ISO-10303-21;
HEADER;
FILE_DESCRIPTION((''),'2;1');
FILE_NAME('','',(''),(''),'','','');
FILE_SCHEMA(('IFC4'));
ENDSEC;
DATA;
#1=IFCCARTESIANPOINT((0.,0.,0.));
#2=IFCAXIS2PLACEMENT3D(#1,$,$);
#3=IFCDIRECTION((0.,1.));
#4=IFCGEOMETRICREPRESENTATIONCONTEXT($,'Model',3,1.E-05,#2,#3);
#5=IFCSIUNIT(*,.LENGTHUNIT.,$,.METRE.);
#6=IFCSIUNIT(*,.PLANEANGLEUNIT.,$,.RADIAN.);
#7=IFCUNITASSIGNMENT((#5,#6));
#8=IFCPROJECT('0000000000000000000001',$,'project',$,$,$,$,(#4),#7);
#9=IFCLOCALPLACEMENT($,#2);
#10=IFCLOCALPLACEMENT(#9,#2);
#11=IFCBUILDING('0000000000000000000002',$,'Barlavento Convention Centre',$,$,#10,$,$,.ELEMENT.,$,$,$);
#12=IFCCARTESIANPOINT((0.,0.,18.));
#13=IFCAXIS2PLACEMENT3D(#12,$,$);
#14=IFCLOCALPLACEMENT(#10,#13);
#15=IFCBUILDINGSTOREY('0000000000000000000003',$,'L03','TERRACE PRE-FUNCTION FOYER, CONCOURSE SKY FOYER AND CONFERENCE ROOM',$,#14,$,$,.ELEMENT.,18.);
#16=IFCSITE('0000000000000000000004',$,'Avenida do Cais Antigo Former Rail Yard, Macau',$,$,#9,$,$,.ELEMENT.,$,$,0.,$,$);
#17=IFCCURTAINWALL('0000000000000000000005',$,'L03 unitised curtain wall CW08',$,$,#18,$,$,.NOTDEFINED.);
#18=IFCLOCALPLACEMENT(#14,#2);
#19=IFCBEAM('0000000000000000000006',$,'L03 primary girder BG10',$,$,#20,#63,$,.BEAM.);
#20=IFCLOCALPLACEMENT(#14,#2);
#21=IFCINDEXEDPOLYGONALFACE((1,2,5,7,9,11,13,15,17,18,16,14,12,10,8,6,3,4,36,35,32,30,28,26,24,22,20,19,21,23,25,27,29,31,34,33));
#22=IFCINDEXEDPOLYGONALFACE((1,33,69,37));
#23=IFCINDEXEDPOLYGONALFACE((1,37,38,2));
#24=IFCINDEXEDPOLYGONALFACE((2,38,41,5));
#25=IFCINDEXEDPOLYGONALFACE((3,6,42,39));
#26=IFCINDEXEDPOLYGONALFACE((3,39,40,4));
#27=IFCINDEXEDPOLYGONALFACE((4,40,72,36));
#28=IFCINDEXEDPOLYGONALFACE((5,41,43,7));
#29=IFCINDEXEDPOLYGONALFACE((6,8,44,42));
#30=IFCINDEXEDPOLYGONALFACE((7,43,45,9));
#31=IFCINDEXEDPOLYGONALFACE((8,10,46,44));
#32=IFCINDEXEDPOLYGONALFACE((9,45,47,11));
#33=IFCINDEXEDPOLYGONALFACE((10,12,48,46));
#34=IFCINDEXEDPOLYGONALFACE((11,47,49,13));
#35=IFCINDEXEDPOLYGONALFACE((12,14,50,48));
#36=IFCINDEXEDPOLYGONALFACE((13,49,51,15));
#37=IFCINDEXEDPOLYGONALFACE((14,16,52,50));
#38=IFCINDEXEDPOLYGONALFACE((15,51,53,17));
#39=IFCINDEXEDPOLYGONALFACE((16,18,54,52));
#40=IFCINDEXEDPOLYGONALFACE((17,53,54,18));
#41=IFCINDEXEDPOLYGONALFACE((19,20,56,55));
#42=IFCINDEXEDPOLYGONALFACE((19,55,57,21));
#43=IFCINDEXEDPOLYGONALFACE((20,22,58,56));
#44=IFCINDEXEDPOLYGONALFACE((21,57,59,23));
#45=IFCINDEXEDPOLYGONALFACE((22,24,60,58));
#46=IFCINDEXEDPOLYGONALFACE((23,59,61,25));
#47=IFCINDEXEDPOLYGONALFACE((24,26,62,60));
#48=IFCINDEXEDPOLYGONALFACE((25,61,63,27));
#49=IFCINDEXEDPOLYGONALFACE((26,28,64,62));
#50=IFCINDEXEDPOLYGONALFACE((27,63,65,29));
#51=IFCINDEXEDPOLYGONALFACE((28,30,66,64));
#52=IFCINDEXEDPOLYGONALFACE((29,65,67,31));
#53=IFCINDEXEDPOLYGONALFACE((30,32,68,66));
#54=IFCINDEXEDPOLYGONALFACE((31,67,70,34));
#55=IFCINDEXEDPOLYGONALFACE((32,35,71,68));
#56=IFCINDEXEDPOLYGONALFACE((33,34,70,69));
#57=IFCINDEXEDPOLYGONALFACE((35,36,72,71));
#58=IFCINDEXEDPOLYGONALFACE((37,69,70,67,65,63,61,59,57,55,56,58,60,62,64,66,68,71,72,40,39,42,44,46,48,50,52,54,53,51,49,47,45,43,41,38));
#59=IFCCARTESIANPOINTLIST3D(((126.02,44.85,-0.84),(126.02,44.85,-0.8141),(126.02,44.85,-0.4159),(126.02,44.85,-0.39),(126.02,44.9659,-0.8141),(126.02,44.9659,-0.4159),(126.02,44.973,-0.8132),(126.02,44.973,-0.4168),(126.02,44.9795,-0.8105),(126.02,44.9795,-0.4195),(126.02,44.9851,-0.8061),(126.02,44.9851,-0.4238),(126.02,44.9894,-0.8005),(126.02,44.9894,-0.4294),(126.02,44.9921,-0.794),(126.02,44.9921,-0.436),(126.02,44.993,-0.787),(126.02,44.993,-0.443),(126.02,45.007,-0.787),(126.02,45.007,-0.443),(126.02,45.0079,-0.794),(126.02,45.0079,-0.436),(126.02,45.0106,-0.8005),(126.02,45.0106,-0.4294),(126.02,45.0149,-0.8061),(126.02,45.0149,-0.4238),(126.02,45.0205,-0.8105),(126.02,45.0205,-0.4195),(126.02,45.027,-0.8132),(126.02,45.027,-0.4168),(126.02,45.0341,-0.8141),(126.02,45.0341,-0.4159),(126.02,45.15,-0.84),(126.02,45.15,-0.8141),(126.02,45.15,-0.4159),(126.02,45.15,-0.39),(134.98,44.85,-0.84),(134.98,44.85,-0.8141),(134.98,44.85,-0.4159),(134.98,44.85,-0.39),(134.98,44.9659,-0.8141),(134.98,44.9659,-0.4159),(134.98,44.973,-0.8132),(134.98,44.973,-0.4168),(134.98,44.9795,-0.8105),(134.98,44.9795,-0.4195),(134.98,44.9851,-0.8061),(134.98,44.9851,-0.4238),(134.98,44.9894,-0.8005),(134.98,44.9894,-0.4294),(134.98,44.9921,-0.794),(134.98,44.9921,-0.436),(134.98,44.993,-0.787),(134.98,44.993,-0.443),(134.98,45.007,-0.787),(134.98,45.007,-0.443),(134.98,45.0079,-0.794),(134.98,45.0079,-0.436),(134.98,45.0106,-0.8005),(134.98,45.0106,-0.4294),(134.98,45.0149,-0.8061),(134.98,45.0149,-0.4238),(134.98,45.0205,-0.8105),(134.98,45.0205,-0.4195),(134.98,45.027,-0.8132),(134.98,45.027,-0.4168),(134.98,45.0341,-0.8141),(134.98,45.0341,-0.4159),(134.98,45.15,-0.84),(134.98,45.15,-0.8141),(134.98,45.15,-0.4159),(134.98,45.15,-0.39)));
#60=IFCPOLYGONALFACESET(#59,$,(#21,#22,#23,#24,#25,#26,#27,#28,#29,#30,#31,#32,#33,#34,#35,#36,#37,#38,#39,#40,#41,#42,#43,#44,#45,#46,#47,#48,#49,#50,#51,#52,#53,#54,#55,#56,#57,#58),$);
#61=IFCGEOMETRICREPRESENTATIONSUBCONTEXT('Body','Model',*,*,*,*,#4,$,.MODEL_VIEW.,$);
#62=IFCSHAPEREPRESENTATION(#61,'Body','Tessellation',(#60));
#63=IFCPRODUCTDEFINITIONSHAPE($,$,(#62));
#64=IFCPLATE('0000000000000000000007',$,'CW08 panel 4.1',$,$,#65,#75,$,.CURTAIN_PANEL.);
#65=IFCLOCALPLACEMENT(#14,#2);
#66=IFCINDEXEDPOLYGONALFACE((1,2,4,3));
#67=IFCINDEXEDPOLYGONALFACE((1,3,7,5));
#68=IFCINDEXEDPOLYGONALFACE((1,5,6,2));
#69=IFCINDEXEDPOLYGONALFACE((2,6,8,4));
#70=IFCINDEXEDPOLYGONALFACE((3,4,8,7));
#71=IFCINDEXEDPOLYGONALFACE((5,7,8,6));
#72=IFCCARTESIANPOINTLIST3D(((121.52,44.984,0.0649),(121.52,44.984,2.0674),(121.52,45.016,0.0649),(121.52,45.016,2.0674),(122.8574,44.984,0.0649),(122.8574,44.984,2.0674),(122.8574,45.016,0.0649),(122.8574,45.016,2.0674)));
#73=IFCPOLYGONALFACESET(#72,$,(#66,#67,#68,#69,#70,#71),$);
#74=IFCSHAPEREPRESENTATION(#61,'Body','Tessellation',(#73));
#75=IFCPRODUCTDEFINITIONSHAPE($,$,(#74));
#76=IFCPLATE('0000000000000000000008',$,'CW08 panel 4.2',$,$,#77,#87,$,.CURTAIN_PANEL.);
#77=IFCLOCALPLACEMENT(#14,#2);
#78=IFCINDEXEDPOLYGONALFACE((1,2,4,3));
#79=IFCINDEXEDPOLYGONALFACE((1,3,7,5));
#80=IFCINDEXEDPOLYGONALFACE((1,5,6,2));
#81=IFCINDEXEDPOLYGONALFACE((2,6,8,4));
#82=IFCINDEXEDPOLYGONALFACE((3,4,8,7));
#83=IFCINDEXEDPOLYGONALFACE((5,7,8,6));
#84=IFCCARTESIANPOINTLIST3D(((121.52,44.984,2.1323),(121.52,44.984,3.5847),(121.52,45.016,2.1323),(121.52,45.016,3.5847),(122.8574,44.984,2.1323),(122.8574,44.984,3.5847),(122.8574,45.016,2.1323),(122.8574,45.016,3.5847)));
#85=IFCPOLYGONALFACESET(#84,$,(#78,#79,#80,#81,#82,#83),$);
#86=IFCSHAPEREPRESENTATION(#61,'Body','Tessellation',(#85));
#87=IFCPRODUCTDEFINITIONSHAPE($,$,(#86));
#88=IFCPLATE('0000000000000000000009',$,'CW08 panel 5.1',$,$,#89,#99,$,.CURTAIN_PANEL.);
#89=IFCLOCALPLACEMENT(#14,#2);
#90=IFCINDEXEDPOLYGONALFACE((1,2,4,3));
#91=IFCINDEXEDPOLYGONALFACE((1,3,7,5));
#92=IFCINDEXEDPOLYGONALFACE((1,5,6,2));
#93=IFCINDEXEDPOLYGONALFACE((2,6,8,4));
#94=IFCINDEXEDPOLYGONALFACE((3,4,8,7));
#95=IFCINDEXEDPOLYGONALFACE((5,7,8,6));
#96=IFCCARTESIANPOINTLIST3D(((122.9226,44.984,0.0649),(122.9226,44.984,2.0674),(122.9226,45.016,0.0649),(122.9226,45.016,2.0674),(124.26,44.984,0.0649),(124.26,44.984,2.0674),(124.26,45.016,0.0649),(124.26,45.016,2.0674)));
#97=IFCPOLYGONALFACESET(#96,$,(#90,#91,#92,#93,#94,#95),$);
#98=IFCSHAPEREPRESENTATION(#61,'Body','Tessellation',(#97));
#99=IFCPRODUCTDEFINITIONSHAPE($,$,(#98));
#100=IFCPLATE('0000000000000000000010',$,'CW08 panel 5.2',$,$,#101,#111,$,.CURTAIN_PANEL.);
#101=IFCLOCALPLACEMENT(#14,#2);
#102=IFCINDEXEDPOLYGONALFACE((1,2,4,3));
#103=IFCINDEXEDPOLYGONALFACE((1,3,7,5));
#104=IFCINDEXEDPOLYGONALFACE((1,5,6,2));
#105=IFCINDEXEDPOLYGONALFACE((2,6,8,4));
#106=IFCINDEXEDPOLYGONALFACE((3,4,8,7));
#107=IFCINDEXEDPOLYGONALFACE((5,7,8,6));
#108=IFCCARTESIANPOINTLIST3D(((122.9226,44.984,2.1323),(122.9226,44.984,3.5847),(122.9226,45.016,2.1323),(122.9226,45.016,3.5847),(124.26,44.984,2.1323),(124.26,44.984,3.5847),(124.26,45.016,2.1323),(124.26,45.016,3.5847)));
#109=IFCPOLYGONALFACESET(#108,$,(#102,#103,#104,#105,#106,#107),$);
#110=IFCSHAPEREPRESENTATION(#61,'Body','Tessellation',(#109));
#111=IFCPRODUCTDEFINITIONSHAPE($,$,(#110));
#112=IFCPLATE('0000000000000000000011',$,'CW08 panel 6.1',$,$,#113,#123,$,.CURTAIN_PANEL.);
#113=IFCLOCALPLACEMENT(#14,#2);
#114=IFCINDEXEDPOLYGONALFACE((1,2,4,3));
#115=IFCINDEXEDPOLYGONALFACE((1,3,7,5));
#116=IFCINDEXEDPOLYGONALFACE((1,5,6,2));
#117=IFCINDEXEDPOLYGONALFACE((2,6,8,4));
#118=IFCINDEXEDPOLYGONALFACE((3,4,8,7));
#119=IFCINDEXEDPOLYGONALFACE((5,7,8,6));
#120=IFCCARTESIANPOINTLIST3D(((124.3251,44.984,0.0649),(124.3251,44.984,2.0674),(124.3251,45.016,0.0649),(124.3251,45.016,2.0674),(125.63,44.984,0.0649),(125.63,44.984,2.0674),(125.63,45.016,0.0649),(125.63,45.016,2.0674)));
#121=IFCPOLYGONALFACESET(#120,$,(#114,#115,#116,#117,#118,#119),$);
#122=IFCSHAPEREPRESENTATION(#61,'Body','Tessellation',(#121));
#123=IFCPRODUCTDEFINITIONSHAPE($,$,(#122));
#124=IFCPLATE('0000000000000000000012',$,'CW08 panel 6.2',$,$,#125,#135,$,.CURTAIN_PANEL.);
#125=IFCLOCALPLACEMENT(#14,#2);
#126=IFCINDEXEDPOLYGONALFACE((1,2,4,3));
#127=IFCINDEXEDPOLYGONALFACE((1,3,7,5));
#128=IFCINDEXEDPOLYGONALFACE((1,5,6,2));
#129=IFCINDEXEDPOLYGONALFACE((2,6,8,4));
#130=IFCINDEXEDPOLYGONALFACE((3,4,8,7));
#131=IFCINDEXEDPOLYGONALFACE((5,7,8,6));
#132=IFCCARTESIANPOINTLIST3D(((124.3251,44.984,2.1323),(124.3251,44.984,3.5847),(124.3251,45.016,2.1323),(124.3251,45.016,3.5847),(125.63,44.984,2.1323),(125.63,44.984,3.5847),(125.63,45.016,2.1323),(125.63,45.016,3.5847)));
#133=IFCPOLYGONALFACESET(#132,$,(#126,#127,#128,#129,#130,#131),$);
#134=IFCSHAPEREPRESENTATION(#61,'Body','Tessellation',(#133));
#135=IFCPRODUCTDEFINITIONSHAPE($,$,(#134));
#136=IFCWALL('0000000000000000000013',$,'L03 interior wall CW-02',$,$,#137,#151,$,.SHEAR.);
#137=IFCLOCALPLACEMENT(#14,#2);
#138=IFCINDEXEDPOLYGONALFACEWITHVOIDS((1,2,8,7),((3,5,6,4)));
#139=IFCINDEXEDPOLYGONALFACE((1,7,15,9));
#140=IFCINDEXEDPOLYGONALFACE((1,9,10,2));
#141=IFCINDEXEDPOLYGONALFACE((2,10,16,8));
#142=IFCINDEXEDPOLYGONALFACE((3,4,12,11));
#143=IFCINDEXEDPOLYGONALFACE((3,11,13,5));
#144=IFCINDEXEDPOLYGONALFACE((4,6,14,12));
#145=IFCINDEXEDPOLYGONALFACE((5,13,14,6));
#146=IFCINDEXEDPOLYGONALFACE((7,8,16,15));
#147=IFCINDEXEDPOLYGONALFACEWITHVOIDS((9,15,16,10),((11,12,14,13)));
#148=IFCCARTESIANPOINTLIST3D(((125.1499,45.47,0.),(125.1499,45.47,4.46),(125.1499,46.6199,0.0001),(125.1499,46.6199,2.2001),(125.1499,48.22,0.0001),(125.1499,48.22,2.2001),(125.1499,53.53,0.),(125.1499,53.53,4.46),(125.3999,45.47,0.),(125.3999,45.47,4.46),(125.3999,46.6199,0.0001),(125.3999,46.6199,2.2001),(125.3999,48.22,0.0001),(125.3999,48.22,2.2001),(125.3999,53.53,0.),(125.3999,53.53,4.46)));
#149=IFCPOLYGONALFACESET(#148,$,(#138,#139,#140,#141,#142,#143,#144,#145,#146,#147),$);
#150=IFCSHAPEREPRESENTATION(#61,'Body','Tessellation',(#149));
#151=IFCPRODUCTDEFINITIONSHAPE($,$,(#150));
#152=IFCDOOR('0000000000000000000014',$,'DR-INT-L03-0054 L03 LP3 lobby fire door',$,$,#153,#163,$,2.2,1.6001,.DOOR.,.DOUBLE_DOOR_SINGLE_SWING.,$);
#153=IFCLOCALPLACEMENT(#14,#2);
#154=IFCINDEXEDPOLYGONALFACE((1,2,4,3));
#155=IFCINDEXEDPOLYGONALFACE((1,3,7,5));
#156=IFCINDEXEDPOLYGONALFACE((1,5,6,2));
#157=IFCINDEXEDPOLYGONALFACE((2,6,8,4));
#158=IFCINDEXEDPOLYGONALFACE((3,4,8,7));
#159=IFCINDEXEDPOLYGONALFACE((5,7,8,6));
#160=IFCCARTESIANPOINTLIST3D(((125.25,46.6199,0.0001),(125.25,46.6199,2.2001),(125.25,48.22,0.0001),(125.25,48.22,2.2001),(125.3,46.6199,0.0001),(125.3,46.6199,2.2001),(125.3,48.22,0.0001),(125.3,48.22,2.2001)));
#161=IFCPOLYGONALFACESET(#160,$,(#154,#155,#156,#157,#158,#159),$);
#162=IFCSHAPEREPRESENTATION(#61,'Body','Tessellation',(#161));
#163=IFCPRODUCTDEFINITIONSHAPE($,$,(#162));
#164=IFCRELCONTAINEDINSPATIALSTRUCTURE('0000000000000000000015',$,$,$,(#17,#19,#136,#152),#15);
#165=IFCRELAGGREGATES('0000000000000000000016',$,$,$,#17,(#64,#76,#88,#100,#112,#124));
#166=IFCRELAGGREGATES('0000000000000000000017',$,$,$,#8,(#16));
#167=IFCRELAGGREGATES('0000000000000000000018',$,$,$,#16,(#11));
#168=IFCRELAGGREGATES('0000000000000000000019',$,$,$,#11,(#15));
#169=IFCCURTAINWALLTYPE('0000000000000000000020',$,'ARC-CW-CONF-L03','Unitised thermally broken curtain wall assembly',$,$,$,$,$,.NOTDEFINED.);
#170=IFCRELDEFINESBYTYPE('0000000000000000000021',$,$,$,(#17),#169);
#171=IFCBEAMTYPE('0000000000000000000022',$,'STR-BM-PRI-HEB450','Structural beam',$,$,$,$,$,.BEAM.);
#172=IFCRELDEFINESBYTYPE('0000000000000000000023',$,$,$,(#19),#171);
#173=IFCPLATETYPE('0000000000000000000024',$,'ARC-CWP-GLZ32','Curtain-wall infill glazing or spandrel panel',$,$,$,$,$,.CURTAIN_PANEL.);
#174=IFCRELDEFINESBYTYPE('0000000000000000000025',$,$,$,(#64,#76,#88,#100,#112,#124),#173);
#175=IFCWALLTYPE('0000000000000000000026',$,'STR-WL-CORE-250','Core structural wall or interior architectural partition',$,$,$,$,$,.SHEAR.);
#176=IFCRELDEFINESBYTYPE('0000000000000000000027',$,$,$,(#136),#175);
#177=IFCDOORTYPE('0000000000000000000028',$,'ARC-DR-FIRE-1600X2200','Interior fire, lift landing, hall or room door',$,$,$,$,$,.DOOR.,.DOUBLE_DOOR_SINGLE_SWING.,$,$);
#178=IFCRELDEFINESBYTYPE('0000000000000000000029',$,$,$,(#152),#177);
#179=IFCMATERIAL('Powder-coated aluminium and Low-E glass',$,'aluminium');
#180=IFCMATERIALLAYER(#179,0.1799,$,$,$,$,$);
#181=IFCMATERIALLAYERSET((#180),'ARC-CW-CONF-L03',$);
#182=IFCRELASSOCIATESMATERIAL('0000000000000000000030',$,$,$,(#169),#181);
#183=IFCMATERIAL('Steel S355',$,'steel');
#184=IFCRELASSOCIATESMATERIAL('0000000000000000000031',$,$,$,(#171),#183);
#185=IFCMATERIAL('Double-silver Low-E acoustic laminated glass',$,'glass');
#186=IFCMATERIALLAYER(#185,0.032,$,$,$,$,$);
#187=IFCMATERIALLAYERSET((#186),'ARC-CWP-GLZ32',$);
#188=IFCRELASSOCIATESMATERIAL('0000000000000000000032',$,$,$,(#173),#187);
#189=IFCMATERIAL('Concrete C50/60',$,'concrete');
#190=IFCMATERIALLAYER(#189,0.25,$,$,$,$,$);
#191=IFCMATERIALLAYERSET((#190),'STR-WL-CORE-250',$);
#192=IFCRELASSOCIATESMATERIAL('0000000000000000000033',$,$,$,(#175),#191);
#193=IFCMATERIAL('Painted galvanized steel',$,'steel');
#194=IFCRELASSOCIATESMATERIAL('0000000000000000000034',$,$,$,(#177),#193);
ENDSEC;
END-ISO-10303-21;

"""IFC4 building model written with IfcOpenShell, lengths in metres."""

from ifc_helpers import new_model, si_unit, direction, frame, frame_2d, origin, origin_2d, place, context, subcontext, project, spatial, rectangle, i_section, extrude, material, layer, layer_set, material_profile, profile_set, type_object, element, fill, aggregate, save


model = new_model("IFC4")

# Units and contexts
model_context = context("Model", 3, precision=1e-05, world=origin(), true_north=direction((0.0, 1.0)))
body_context = subcontext(model_context, "Body", "Model", "MODEL_VIEW")
ifc_project = project(units=[si_unit("LENGTHUNIT", "METRE"), si_unit("PLANEANGLEUNIT", "RADIAN")], contexts=[model_context])

# Site, building, storey
site_placement = place(None, origin())
site = spatial("IfcSite", under=ifc_project, at=site_placement, Name="Avenida do Cais Antigo Former Rail Yard, Macau", CompositionType="ELEMENT", RefElevation=0.0)
building_placement = place(site_placement, origin())
building = spatial("IfcBuilding", under=site, at=building_placement, Name="Barlavento Convention Centre", CompositionType="ELEMENT")
storey_placement = place(building_placement, frame((0.0, 0.0, 18.0)))
storey = spatial("IfcBuildingStorey", under=building, at=storey_placement, Name="L03", Description="TERRACE PRE-FUNCTION FOYER, CONCOURSE SKY FOYER AND CONFERENCE ROOM", CompositionType="ELEMENT", Elevation=18.0)

# Shared definitions
ifc_material_1 = material(Name="Steel S355", Category="steel")

# Curtain wall
ifc_material_2 = material(Name="Powder-coated aluminium and Low-E glass", Category="aluminium")
ifc_layer_1 = layer(ifc_material_2, 0.1799)
ifc_layer_set_1 = layer_set([ifc_layer_1], Name="ARC-CW-CONF-L03")
curtain_wall_type = type_object("IfcCurtainWallType", Name="ARC-CW-CONF-L03", Description="Unitised thermally broken curtain wall assembly", PredefinedType="NOTDEFINED", material=ifc_layer_set_1)
curtain_wall_placement = place(storey_placement, origin())
curtain_wall = element("IfcCurtainWall", 1, at=curtain_wall_placement, inside=storey, type_object=curtain_wall_type, Name="L03 unitised curtain wall CW08", PredefinedType="NOTDEFINED")

# Beam
ifc_material_profile_1 = material_profile(ifc_material_1, i_section(OverallWidth=0.3, OverallDepth=0.45, WebThickness=0.0139, FlangeThickness=0.0259, FilletRadius=0.0271, at=origin_2d()), Name="HEB 450")
ifc_profile_set_1 = profile_set([ifc_material_profile_1], Name="Steel S355")
beam_type_1 = type_object("IfcBeamType", Name="STR-BM-PRI-HEB450", Description="Structural beam", PredefinedType="BEAM", material=ifc_profile_set_1)
beam_1_placement = place(storey_placement, frame((126.02, 45.0, -0.615), z_axis=(1.0, 0.0, 0.0), x_axis=(0.0, 1.0, 0.0)))
element("IfcBeam", 2, at=beam_1_placement, inside=storey, type_object=beam_type_1, Name="L03 primary girder BG10", PredefinedType="BEAM", context=body_context, shape_type="SweptSolid", body=[
    extrude(i_section(OverallWidth=0.3, OverallDepth=0.45, WebThickness=0.0139, FlangeThickness=0.0259, FilletRadius=0.0271, at=origin_2d()), origin(), (0.0, 0.0, 1.0), 8.96),
])

# Plates
ifc_material_3 = material(Name="Double-silver Low-E acoustic laminated glass", Category="glass")
ifc_layer_2 = layer(ifc_material_3, 0.032)
ifc_layer_set_2 = layer_set([ifc_layer_2], Name="ARC-CWP-GLZ32")
plate_type = type_object("IfcPlateType", Name="ARC-CWP-GLZ32", Description="Curtain-wall infill glazing or spandrel panel", PredefinedType="CURTAIN_PANEL", material=ifc_layer_set_2)
plate_1_placement = place(storey_placement, frame((122.1887, 45.0, 0.0649), z_axis=(0.0, 0.0, 1.0), x_axis=(1.0, 0.0, 0.0)))
plate_1 = element("IfcPlate", 3, at=plate_1_placement, type_object=plate_type, Name="CW08 panel 4.1", PredefinedType="CURTAIN_PANEL", context=body_context, shape_type="SweptSolid", body=[
    extrude(rectangle(XDim=1.3374, YDim=0.032, at=origin_2d()), origin(), (0.0, 0.0, 1.0), 2.0024),
])
plate_2_placement = place(storey_placement, frame((122.1887, 45.0, 2.1323), z_axis=(0.0, 0.0, 1.0), x_axis=(1.0, 0.0, 0.0)))
plate_2 = element("IfcPlate", 4, at=plate_2_placement, type_object=plate_type, Name="CW08 panel 4.2", PredefinedType="CURTAIN_PANEL", context=body_context, shape_type="SweptSolid", body=[
    extrude(rectangle(XDim=1.3374, YDim=0.032, at=origin_2d()), origin(), (0.0, 0.0, 1.0), 1.4524),
])
plate_3_placement = place(storey_placement, frame((123.5913, 45.0, 0.0649), z_axis=(0.0, 0.0, 1.0), x_axis=(1.0, 0.0, 0.0)))
plate_3 = element("IfcPlate", 5, at=plate_3_placement, type_object=plate_type, Name="CW08 panel 5.1", PredefinedType="CURTAIN_PANEL", context=body_context, shape_type="SweptSolid", body=[
    extrude(rectangle(XDim=1.3374, YDim=0.032, at=origin_2d()), origin(), (0.0, 0.0, 1.0), 2.0024),
])
plate_4_placement = place(storey_placement, frame((123.5913, 45.0, 2.1323), z_axis=(0.0, 0.0, 1.0), x_axis=(1.0, 0.0, 0.0)))
plate_4 = element("IfcPlate", 6, at=plate_4_placement, type_object=plate_type, Name="CW08 panel 5.2", PredefinedType="CURTAIN_PANEL", context=body_context, shape_type="SweptSolid", body=[
    extrude(rectangle(XDim=1.3374, YDim=0.032, at=origin_2d()), origin(), (0.0, 0.0, 1.0), 1.4524),
])
plate_5_placement = place(storey_placement, frame((124.9775, 45.0, 0.0649), z_axis=(0.0, 0.0, 1.0), x_axis=(1.0, 0.0, 0.0)))
plate_5 = element("IfcPlate", 7, at=plate_5_placement, type_object=plate_type, Name="CW08 panel 6.1", PredefinedType="CURTAIN_PANEL", context=body_context, shape_type="SweptSolid", body=[
    extrude(rectangle(XDim=1.3049, YDim=0.032, at=origin_2d()), origin(), (0.0, 0.0, 1.0), 2.0024),
])
plate_6_placement = place(storey_placement, frame((124.9775, 45.0, 2.1323), z_axis=(0.0, 0.0, 1.0), x_axis=(1.0, 0.0, 0.0)))
plate_6 = element("IfcPlate", 8, at=plate_6_placement, type_object=plate_type, Name="CW08 panel 6.2", PredefinedType="CURTAIN_PANEL", context=body_context, shape_type="SweptSolid", body=[
    extrude(rectangle(XDim=1.3049, YDim=0.032, at=origin_2d()), origin(), (0.0, 0.0, 1.0), 1.4524),
])
aggregate(curtain_wall, [plate_1, plate_2, plate_3, plate_4, plate_5, plate_6])

# Wall, opening, door
ifc_material_4 = material(Name="Concrete C50/60", Category="concrete")
ifc_layer_3 = layer(ifc_material_4, 0.25)
ifc_layer_set_3 = layer_set([ifc_layer_3], Name="STR-WL-CORE-250")
wall_type = type_object("IfcWallType", Name="STR-WL-CORE-250", Description="Core structural wall or interior architectural partition", PredefinedType="SHEAR", material=ifc_layer_set_3)
wall_1_placement = place(storey_placement, frame((125.2749, 45.47, 0.0), z_axis=(0.0, 0.0, 1.0), x_axis=(0.0, 1.0, 0.0)))
wall_1 = element("IfcWall", 9, at=wall_1_placement, inside=storey, type_object=wall_type, Name="L03 interior wall CW-02", PredefinedType="SHEAR", context=body_context, shape_type="SweptSolid", body=[
    extrude(rectangle(XDim=8.0601, YDim=0.25, at=frame_2d((4.03, 0.0))), origin(), (0.0, 0.0, 1.0), 4.46),
])
opening_1_placement = place(wall_1_placement, frame((1.1499, 0.0, 0.0)))
opening_1 = element("IfcOpeningElement", 10, at=opening_1_placement, cuts=wall_1, PredefinedType="OPENING", context=body_context, shape_type="SweptSolid", body=[
    extrude(rectangle(XDim=1.6001, YDim=2.2, at=frame_2d((0.8, 1.1001))), frame((0.0, 0.135, 0.0), z_axis=(0.0, -1.0, 0.0), x_axis=(1.0, 0.0, 0.0)), (0.0, 0.0, 1.0), 0.27),
])
ifc_material_5 = material(Name="Painted galvanized steel", Category="steel")
door_type_1 = type_object("IfcDoorType", Name="ARC-DR-FIRE-1600X2200", Description="Interior fire, lift landing, hall or room door", OperationType="DOUBLE_DOOR_SINGLE_SWING", PredefinedType="DOOR", material=ifc_material_5)
door_1_placement = place(opening_1_placement, origin())
door_1 = element("IfcDoor", 11, at=door_1_placement, inside=storey, type_object=door_type_1, Name="DR-INT-L03-0054 L03 LP3 lobby fire door", OperationType="DOUBLE_DOOR_SINGLE_SWING", OverallHeight=2.2, OverallWidth=1.6001, PredefinedType="DOOR", context=body_context, shape_type="SweptSolid", body=[
    extrude(rectangle(XDim=1.6001, YDim=2.2, at=frame_2d((0.8, 1.1001))), frame((0.0, 0.0249, 0.0), z_axis=(0.0, -1.0, 0.0), x_axis=(1.0, 0.0, 0.0)), (0.0, 0.0, 1.0), 0.05),
])
fill(opening_1, door_1)

save(model, "model.ifc")
